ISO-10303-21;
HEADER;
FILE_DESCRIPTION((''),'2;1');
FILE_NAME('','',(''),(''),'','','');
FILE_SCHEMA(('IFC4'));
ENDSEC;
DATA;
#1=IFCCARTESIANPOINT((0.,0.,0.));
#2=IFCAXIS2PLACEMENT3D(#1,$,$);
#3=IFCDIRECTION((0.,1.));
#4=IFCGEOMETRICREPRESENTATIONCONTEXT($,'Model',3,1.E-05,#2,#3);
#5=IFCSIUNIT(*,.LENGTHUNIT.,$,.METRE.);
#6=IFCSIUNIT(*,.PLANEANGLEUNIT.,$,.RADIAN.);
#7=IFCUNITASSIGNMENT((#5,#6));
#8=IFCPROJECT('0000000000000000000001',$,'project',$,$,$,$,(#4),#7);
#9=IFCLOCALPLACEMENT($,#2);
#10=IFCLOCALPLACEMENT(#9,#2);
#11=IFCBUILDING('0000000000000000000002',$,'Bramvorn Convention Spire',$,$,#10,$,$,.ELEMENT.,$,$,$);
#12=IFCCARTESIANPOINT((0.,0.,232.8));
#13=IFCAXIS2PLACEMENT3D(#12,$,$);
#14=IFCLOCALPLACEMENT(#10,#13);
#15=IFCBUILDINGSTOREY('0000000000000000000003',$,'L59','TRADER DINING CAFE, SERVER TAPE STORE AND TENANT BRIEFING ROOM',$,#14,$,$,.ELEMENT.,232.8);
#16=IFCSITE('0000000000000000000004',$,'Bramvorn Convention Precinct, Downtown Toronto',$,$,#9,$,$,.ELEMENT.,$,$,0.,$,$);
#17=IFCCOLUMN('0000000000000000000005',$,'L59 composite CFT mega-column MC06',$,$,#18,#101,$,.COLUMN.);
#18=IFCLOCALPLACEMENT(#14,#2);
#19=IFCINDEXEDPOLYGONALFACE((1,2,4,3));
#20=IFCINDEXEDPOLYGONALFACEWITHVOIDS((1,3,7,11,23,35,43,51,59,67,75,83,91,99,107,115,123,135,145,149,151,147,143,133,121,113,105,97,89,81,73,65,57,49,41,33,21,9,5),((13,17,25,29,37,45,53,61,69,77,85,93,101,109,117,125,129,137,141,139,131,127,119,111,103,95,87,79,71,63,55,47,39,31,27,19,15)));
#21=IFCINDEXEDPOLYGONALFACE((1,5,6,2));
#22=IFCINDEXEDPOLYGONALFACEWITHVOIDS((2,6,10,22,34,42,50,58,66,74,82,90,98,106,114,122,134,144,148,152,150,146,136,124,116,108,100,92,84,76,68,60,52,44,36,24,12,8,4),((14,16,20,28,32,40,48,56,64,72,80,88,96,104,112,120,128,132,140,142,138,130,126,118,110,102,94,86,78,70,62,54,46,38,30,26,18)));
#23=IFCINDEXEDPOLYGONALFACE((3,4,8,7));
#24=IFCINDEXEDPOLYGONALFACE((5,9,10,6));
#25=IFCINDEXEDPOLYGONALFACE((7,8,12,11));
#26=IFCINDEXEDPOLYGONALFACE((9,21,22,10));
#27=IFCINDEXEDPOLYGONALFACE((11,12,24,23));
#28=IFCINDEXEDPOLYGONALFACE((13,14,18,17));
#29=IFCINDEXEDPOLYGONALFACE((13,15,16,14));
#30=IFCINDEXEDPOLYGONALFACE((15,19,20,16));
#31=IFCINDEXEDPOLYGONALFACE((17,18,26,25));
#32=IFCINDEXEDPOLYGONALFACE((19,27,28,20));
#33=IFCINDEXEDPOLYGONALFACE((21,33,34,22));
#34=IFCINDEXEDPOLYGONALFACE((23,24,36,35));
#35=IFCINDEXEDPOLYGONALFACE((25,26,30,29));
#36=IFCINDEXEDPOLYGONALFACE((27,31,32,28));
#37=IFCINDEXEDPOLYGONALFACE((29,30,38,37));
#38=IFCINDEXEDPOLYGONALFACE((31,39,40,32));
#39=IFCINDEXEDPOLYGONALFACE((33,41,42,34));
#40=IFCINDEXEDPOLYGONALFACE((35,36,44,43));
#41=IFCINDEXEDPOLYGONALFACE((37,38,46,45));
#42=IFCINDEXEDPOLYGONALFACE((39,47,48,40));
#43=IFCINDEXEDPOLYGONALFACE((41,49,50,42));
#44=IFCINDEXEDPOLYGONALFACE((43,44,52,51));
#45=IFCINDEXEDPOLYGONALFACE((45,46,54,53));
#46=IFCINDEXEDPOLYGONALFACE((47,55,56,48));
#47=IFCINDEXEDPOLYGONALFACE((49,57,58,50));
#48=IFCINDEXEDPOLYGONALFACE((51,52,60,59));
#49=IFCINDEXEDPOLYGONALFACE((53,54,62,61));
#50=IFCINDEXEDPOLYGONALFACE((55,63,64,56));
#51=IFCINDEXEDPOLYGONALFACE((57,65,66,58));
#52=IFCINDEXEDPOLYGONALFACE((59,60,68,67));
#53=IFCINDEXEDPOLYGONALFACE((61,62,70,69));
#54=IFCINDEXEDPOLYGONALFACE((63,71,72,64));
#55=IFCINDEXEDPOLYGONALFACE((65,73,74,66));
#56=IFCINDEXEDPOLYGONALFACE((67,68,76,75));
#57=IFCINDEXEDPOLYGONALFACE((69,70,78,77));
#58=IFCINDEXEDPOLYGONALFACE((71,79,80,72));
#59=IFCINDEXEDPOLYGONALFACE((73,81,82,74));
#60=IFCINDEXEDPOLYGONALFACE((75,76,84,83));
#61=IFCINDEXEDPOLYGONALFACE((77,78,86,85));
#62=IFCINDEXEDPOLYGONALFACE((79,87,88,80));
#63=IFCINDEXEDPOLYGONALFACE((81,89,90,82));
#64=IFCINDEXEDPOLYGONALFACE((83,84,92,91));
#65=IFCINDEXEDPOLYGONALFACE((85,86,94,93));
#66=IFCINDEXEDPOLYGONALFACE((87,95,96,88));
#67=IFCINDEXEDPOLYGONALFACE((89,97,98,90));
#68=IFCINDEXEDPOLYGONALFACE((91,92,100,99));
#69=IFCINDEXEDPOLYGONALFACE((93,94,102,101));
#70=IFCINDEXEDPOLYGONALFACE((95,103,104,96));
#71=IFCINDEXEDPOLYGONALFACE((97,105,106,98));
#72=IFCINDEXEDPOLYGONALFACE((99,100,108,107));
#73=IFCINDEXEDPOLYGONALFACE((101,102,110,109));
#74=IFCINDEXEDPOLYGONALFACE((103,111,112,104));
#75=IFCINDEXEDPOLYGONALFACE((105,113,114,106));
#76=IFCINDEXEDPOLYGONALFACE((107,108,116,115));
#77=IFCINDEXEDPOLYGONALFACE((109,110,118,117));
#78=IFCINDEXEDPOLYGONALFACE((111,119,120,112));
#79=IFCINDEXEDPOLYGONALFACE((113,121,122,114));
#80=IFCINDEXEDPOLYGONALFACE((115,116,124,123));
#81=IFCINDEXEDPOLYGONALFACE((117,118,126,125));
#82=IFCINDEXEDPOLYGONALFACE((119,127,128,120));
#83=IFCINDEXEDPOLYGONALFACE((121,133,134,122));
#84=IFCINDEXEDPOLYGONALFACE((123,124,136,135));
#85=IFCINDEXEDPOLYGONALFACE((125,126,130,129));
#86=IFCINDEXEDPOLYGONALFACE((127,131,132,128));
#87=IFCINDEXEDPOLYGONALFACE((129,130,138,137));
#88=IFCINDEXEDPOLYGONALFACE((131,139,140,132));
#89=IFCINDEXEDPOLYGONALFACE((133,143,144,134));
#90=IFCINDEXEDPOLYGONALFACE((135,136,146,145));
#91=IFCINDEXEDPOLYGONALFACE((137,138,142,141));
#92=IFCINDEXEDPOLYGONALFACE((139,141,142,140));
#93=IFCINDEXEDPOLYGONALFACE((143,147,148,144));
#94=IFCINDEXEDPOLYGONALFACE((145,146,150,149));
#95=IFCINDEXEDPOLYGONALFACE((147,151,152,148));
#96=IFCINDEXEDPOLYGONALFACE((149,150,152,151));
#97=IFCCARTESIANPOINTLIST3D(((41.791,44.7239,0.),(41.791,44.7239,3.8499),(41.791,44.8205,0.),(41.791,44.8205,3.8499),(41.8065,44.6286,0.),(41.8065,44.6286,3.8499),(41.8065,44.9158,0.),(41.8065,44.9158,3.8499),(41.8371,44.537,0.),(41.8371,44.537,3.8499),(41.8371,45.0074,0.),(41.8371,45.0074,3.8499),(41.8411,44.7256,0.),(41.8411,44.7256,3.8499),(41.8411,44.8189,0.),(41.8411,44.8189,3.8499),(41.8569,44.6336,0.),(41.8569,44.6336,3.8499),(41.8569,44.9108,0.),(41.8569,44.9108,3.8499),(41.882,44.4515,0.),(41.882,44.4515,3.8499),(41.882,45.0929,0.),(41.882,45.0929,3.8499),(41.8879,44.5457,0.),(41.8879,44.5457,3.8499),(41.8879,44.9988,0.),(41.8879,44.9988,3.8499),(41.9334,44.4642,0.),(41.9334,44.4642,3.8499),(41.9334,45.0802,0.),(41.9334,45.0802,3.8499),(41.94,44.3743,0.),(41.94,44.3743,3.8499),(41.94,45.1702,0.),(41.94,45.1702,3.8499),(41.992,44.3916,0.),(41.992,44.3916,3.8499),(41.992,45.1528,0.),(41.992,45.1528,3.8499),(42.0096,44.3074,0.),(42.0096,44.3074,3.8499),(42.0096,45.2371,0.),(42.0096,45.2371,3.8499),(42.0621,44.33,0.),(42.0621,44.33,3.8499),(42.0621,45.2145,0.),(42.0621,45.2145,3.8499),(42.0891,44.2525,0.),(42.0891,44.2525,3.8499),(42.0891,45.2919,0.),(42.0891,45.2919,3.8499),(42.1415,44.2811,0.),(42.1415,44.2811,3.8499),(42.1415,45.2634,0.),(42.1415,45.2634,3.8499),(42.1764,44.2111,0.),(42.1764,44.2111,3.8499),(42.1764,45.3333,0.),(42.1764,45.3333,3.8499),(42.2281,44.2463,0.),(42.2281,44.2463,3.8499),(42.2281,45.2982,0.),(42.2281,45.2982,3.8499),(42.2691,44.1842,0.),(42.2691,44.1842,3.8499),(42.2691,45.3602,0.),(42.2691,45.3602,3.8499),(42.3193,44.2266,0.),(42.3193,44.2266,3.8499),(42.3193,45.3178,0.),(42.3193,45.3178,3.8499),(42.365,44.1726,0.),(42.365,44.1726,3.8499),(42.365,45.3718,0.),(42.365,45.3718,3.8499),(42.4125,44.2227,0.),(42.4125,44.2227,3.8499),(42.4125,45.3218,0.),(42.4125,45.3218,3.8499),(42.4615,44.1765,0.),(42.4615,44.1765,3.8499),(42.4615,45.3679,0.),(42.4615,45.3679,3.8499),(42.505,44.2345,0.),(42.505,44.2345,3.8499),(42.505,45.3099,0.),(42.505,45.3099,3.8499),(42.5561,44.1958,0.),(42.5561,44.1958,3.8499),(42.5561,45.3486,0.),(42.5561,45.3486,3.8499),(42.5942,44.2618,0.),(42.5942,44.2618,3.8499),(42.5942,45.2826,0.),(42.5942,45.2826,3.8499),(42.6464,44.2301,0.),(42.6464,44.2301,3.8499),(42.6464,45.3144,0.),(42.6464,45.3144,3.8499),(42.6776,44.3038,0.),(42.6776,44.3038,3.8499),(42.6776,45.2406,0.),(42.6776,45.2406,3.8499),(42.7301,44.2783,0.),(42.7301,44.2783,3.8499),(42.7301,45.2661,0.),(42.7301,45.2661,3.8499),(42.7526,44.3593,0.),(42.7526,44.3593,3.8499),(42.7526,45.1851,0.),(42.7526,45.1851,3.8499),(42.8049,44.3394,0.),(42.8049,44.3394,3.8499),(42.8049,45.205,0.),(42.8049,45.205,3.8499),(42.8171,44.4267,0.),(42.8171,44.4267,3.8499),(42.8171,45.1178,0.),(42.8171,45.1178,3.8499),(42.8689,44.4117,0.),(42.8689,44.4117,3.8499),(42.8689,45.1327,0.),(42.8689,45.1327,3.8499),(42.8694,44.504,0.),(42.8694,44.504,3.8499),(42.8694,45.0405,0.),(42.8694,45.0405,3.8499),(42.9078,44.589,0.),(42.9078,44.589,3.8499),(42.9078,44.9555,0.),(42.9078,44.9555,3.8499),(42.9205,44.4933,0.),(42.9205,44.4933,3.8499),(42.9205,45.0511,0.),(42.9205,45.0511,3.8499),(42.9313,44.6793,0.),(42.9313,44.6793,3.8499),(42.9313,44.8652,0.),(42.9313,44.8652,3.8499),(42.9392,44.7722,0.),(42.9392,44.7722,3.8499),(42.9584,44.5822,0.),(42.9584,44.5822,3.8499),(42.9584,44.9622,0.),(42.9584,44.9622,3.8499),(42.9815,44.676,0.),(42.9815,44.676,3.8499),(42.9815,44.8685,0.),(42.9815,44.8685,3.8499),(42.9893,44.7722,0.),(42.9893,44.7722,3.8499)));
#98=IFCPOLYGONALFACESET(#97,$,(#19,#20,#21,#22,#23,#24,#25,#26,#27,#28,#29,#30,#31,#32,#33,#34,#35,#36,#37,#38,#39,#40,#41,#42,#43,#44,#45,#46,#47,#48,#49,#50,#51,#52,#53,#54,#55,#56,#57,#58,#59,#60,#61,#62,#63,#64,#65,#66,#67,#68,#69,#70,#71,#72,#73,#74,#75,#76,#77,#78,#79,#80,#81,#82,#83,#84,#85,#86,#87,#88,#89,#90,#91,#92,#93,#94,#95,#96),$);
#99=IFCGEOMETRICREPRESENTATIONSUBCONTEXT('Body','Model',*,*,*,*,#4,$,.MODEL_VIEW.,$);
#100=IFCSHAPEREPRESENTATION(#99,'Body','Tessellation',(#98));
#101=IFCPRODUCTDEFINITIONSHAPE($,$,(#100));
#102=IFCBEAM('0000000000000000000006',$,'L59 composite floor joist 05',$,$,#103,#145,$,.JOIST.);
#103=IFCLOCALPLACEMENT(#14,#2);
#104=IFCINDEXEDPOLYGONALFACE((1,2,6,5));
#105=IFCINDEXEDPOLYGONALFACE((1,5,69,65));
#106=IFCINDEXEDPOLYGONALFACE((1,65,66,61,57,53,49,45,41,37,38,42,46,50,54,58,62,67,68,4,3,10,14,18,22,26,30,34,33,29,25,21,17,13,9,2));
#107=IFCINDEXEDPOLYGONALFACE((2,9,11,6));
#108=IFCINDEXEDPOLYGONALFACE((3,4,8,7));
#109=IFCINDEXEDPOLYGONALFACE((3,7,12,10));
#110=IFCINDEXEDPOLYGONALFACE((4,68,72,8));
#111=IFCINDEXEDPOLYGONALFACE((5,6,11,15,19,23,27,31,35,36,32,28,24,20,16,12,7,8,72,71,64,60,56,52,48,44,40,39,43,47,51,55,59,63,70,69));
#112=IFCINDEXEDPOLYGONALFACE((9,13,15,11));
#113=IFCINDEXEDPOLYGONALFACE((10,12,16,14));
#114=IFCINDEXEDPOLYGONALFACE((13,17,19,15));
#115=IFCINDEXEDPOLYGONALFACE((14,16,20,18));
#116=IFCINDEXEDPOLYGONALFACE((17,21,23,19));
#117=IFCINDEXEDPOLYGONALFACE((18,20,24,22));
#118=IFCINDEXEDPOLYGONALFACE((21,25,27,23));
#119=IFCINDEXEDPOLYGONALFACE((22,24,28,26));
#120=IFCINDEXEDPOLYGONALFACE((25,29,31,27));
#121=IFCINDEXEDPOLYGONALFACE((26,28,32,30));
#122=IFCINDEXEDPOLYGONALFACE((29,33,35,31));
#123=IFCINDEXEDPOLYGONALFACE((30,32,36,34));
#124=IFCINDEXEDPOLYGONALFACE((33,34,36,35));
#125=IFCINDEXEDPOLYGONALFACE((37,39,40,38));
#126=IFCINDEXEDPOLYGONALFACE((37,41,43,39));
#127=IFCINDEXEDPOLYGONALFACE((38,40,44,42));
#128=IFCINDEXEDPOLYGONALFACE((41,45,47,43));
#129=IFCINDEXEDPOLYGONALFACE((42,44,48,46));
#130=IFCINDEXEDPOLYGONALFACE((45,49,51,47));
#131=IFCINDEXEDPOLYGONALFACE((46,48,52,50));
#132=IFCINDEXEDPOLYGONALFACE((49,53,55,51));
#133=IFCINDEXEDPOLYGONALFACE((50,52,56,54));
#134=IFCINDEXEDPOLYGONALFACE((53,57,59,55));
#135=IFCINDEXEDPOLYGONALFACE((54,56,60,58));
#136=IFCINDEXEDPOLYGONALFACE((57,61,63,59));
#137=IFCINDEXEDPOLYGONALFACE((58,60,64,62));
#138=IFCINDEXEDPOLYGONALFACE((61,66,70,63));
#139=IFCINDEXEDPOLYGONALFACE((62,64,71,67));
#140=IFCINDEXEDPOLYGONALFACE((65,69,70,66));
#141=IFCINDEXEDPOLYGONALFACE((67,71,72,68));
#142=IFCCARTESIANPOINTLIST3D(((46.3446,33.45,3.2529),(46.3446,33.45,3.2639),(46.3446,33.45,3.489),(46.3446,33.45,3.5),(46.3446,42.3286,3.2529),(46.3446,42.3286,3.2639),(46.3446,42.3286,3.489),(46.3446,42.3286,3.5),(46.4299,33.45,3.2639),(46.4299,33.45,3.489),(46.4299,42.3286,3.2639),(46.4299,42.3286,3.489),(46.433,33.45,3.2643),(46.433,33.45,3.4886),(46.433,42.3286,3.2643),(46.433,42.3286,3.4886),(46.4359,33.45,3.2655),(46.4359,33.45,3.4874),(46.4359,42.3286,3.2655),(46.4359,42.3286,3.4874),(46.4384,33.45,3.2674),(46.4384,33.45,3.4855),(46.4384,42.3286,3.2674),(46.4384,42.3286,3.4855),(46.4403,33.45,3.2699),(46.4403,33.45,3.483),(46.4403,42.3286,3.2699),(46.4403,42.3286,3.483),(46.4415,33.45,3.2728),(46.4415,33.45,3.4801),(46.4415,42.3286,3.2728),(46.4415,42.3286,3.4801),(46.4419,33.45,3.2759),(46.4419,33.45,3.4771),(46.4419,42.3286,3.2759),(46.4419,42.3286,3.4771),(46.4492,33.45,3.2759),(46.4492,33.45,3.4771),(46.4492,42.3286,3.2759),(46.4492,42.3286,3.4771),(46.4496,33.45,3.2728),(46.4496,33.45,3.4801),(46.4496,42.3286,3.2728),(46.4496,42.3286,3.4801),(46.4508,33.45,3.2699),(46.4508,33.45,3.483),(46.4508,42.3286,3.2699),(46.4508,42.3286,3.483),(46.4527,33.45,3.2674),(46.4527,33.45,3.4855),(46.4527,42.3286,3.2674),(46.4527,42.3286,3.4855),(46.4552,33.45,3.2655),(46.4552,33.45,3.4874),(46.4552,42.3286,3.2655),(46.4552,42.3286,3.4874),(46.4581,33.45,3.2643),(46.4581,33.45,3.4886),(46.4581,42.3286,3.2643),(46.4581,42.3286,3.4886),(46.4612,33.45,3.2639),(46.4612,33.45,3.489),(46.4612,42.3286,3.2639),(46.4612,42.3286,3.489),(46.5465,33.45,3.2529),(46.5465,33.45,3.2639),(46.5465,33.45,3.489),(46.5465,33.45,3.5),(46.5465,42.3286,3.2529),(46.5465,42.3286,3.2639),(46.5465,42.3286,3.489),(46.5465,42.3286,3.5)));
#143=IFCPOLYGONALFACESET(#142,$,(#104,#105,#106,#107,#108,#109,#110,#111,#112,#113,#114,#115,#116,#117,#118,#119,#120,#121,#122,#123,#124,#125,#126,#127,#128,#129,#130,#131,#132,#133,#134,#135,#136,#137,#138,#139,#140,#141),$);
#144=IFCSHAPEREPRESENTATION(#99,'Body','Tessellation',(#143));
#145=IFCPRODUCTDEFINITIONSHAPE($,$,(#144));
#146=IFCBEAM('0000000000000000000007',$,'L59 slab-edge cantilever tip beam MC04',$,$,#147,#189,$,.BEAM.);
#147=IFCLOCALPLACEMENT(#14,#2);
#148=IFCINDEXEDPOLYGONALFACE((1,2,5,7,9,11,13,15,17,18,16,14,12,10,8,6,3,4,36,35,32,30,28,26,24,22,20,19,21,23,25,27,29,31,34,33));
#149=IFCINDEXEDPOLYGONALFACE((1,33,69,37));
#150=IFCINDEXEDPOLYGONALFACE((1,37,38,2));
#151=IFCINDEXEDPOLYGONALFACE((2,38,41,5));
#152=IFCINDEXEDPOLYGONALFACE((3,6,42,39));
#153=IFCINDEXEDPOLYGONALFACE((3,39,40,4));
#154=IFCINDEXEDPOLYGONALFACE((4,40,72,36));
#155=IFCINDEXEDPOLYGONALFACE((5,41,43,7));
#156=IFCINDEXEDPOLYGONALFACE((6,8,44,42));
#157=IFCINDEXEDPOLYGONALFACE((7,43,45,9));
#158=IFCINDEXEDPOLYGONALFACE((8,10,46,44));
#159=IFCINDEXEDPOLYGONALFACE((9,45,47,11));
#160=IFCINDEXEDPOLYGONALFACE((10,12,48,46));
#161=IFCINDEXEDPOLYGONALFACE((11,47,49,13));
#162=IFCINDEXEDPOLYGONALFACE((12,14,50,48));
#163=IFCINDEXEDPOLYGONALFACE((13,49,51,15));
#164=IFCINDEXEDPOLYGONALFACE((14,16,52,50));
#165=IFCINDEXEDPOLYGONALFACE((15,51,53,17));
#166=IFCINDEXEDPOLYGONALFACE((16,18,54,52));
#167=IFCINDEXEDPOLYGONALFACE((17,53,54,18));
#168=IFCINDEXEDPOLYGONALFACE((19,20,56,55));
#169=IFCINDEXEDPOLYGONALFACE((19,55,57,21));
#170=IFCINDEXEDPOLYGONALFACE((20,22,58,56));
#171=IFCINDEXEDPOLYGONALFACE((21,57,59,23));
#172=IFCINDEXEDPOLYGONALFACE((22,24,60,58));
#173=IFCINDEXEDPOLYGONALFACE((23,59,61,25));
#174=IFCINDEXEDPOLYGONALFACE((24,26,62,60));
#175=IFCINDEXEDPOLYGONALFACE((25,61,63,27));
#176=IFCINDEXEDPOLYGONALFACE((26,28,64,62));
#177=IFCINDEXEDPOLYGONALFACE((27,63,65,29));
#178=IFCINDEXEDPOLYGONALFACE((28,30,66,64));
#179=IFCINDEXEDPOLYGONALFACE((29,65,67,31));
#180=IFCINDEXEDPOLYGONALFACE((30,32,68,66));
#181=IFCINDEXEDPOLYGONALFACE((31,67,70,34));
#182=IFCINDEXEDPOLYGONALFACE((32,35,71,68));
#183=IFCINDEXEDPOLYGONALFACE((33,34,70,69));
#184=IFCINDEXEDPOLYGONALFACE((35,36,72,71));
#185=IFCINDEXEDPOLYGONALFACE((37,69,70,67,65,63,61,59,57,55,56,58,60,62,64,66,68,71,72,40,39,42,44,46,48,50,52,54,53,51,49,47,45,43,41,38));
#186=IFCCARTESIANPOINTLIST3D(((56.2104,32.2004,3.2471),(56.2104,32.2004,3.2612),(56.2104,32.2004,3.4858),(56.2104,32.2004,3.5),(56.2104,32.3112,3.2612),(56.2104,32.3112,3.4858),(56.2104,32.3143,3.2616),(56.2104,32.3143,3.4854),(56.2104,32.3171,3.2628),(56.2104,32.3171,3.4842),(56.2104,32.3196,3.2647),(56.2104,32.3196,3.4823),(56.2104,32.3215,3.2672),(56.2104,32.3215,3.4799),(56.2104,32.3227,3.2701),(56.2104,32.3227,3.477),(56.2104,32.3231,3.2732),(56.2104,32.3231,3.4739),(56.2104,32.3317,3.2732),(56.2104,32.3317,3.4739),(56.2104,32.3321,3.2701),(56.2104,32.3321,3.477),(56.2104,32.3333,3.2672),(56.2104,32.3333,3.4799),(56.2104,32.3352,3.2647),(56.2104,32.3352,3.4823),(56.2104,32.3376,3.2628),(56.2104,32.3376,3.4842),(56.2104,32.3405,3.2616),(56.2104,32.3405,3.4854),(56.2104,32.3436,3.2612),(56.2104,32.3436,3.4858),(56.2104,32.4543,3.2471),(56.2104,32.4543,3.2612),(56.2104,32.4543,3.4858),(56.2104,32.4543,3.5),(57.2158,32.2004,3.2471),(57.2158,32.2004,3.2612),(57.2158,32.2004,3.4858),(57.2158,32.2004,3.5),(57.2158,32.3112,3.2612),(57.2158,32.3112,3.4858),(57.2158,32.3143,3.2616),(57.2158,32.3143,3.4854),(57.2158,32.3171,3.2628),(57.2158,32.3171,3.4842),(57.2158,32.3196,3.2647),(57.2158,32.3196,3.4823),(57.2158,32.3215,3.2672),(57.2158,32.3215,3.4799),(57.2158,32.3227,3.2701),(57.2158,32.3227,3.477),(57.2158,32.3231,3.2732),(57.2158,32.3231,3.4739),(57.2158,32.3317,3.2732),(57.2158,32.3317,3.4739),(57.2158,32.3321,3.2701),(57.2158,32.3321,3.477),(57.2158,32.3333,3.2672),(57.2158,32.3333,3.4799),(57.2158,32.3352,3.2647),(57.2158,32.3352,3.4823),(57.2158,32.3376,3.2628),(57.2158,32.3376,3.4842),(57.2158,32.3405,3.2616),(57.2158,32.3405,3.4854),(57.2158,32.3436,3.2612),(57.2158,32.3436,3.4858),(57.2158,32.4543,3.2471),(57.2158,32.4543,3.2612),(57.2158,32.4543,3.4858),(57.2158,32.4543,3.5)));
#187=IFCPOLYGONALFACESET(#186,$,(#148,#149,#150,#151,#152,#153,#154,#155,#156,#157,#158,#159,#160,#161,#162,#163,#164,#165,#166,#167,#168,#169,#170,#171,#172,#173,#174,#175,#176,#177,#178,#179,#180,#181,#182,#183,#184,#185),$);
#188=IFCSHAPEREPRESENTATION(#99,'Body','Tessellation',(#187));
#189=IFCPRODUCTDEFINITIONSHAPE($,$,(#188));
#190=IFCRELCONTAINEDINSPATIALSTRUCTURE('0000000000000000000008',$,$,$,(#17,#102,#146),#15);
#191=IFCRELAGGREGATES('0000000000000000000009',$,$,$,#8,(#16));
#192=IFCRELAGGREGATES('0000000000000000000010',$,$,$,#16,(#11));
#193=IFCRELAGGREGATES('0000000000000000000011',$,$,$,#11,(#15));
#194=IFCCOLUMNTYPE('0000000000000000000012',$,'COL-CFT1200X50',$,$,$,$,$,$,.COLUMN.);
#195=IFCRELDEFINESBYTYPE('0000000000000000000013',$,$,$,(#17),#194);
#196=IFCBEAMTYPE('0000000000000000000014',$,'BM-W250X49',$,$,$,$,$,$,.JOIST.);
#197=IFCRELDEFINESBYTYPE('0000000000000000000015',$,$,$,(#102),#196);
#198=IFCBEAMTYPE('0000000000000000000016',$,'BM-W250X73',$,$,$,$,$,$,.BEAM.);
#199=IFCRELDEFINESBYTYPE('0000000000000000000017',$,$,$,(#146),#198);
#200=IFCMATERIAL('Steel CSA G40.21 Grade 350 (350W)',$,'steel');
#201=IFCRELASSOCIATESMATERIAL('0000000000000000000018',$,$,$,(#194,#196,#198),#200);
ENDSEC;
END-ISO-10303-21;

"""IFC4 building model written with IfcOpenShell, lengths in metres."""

from ifc_helpers import new_model, si_unit, direction, frame, origin, origin_2d, place, context, subcontext, project, spatial, hollow_circle, i_section, extrude, material, material_profile, profile_set, type_object, element, save


model = new_model("IFC4")

# Units and contexts
model_context = context("Model", 3, precision=1e-05, world=origin(), true_north=direction((0.0, 1.0)))
body_context = subcontext(model_context, "Body", "Model", "MODEL_VIEW")
ifc_project = project(units=[si_unit("LENGTHUNIT", "METRE"), si_unit("PLANEANGLEUNIT", "RADIAN")], contexts=[model_context])

# Site, building, storey
site_placement = place(None, origin())
site = spatial("IfcSite", under=ifc_project, at=site_placement, Name="Bramvorn Convention Precinct, Downtown Toronto", CompositionType="ELEMENT", RefElevation=0.0)
building_placement = place(site_placement, origin())
building = spatial("IfcBuilding", under=site, at=building_placement, Name="Bramvorn Convention Spire", CompositionType="ELEMENT")
storey_placement = place(building_placement, frame((0.0, 0.0, 232.8)))
storey = spatial("IfcBuildingStorey", under=building, at=storey_placement, Name="L59", Description="TRADER DINING CAFE, SERVER TAPE STORE AND TENANT BRIEFING ROOM", CompositionType="ELEMENT", Elevation=232.8)

# Column
ifc_material_1 = material(Name="Steel CSA G40.21 Grade 350 (350W)", Category="steel")
ifc_material_profile_1 = material_profile(ifc_material_1, hollow_circle(Radius=0.6001, WallThickness=0.05, at=origin_2d()))
ifc_profile_set_1 = profile_set([ifc_material_profile_1], Name="Steel CSA G40.21 Grade 350 (350W) - CFT1200X50")
column_type = type_object("IfcColumnType", Name="COL-CFT1200X50", PredefinedType="COLUMN", material=ifc_profile_set_1)
for number, where, z_axis, x_axis, name in (
    (1, (42.3892, 44.7722, 0.0), (0.0, 0.0, 1.0), (1.0, 0.0, 0.0), "L59 composite CFT mega-column MC06"),
):
    element("IfcColumn", number, at=place(storey_placement, frame(where, z_axis=z_axis, x_axis=x_axis)), inside=storey, type_object=column_type, Name=name, PredefinedType="COLUMN", context=body_context, shape_type="SweptSolid", body=[
        extrude(hollow_circle(Radius=0.6001, WallThickness=0.05, at=origin_2d()), origin(), (0.0, 0.0, 1.0), 3.8499),
    ])

# Beams
ifc_material_profile_2 = material_profile(ifc_material_1, i_section(OverallWidth=0.2019, OverallDepth=0.2471, WebThickness=0.0073, FlangeThickness=0.011, FilletRadius=0.012, at=origin_2d()))
ifc_profile_set_2 = profile_set([ifc_material_profile_2], Name="Steel CSA G40.21 Grade 350 (350W) - W250X49")
beam_type_1 = type_object("IfcBeamType", Name="BM-W250X49", PredefinedType="JOIST", material=ifc_profile_set_2)
beam_1_placement = place(storey_placement, frame((46.4456, 33.45, 3.3765), z_axis=(0.0, 1.0, 0.0), x_axis=(-1.0, 0.0, 0.0)))
element("IfcBeam", 2, at=beam_1_placement, inside=storey, type_object=beam_type_1, Name="L59 composite floor joist 05", PredefinedType="JOIST", context=body_context, shape_type="SweptSolid", body=[
    extrude(i_section(OverallWidth=0.2019, OverallDepth=0.2471, WebThickness=0.0073, FlangeThickness=0.011, FilletRadius=0.012, at=origin_2d()), origin(), (0.0, 0.0, 1.0), 8.8787),
])
ifc_material_profile_3 = material_profile(ifc_material_1, i_section(OverallWidth=0.2539, OverallDepth=0.2529, WebThickness=0.0085, FlangeThickness=0.0142, FilletRadius=0.012, at=origin_2d()))
ifc_profile_set_3 = profile_set([ifc_material_profile_3], Name="Steel CSA G40.21 Grade 350 (350W) - W250X73")
beam_type_2 = type_object("IfcBeamType", Name="BM-W250X73", PredefinedType="BEAM", material=ifc_profile_set_3)
beam_2_placement = place(storey_placement, frame((56.2104, 32.3274, 3.3735), z_axis=(1.0, 0.0, 0.0), x_axis=(0.0, 1.0, 0.0)))
element("IfcBeam", 3, at=beam_2_placement, inside=storey, type_object=beam_type_2, Name="L59 slab-edge cantilever tip beam MC04", PredefinedType="BEAM", context=body_context, shape_type="SweptSolid", body=[
    extrude(i_section(OverallWidth=0.2539, OverallDepth=0.2529, WebThickness=0.0085, FlangeThickness=0.0142, FilletRadius=0.012, at=origin_2d()), origin(), (0.0, 0.0, 1.0), 1.0054),
])

save(model, "model.ifc")
